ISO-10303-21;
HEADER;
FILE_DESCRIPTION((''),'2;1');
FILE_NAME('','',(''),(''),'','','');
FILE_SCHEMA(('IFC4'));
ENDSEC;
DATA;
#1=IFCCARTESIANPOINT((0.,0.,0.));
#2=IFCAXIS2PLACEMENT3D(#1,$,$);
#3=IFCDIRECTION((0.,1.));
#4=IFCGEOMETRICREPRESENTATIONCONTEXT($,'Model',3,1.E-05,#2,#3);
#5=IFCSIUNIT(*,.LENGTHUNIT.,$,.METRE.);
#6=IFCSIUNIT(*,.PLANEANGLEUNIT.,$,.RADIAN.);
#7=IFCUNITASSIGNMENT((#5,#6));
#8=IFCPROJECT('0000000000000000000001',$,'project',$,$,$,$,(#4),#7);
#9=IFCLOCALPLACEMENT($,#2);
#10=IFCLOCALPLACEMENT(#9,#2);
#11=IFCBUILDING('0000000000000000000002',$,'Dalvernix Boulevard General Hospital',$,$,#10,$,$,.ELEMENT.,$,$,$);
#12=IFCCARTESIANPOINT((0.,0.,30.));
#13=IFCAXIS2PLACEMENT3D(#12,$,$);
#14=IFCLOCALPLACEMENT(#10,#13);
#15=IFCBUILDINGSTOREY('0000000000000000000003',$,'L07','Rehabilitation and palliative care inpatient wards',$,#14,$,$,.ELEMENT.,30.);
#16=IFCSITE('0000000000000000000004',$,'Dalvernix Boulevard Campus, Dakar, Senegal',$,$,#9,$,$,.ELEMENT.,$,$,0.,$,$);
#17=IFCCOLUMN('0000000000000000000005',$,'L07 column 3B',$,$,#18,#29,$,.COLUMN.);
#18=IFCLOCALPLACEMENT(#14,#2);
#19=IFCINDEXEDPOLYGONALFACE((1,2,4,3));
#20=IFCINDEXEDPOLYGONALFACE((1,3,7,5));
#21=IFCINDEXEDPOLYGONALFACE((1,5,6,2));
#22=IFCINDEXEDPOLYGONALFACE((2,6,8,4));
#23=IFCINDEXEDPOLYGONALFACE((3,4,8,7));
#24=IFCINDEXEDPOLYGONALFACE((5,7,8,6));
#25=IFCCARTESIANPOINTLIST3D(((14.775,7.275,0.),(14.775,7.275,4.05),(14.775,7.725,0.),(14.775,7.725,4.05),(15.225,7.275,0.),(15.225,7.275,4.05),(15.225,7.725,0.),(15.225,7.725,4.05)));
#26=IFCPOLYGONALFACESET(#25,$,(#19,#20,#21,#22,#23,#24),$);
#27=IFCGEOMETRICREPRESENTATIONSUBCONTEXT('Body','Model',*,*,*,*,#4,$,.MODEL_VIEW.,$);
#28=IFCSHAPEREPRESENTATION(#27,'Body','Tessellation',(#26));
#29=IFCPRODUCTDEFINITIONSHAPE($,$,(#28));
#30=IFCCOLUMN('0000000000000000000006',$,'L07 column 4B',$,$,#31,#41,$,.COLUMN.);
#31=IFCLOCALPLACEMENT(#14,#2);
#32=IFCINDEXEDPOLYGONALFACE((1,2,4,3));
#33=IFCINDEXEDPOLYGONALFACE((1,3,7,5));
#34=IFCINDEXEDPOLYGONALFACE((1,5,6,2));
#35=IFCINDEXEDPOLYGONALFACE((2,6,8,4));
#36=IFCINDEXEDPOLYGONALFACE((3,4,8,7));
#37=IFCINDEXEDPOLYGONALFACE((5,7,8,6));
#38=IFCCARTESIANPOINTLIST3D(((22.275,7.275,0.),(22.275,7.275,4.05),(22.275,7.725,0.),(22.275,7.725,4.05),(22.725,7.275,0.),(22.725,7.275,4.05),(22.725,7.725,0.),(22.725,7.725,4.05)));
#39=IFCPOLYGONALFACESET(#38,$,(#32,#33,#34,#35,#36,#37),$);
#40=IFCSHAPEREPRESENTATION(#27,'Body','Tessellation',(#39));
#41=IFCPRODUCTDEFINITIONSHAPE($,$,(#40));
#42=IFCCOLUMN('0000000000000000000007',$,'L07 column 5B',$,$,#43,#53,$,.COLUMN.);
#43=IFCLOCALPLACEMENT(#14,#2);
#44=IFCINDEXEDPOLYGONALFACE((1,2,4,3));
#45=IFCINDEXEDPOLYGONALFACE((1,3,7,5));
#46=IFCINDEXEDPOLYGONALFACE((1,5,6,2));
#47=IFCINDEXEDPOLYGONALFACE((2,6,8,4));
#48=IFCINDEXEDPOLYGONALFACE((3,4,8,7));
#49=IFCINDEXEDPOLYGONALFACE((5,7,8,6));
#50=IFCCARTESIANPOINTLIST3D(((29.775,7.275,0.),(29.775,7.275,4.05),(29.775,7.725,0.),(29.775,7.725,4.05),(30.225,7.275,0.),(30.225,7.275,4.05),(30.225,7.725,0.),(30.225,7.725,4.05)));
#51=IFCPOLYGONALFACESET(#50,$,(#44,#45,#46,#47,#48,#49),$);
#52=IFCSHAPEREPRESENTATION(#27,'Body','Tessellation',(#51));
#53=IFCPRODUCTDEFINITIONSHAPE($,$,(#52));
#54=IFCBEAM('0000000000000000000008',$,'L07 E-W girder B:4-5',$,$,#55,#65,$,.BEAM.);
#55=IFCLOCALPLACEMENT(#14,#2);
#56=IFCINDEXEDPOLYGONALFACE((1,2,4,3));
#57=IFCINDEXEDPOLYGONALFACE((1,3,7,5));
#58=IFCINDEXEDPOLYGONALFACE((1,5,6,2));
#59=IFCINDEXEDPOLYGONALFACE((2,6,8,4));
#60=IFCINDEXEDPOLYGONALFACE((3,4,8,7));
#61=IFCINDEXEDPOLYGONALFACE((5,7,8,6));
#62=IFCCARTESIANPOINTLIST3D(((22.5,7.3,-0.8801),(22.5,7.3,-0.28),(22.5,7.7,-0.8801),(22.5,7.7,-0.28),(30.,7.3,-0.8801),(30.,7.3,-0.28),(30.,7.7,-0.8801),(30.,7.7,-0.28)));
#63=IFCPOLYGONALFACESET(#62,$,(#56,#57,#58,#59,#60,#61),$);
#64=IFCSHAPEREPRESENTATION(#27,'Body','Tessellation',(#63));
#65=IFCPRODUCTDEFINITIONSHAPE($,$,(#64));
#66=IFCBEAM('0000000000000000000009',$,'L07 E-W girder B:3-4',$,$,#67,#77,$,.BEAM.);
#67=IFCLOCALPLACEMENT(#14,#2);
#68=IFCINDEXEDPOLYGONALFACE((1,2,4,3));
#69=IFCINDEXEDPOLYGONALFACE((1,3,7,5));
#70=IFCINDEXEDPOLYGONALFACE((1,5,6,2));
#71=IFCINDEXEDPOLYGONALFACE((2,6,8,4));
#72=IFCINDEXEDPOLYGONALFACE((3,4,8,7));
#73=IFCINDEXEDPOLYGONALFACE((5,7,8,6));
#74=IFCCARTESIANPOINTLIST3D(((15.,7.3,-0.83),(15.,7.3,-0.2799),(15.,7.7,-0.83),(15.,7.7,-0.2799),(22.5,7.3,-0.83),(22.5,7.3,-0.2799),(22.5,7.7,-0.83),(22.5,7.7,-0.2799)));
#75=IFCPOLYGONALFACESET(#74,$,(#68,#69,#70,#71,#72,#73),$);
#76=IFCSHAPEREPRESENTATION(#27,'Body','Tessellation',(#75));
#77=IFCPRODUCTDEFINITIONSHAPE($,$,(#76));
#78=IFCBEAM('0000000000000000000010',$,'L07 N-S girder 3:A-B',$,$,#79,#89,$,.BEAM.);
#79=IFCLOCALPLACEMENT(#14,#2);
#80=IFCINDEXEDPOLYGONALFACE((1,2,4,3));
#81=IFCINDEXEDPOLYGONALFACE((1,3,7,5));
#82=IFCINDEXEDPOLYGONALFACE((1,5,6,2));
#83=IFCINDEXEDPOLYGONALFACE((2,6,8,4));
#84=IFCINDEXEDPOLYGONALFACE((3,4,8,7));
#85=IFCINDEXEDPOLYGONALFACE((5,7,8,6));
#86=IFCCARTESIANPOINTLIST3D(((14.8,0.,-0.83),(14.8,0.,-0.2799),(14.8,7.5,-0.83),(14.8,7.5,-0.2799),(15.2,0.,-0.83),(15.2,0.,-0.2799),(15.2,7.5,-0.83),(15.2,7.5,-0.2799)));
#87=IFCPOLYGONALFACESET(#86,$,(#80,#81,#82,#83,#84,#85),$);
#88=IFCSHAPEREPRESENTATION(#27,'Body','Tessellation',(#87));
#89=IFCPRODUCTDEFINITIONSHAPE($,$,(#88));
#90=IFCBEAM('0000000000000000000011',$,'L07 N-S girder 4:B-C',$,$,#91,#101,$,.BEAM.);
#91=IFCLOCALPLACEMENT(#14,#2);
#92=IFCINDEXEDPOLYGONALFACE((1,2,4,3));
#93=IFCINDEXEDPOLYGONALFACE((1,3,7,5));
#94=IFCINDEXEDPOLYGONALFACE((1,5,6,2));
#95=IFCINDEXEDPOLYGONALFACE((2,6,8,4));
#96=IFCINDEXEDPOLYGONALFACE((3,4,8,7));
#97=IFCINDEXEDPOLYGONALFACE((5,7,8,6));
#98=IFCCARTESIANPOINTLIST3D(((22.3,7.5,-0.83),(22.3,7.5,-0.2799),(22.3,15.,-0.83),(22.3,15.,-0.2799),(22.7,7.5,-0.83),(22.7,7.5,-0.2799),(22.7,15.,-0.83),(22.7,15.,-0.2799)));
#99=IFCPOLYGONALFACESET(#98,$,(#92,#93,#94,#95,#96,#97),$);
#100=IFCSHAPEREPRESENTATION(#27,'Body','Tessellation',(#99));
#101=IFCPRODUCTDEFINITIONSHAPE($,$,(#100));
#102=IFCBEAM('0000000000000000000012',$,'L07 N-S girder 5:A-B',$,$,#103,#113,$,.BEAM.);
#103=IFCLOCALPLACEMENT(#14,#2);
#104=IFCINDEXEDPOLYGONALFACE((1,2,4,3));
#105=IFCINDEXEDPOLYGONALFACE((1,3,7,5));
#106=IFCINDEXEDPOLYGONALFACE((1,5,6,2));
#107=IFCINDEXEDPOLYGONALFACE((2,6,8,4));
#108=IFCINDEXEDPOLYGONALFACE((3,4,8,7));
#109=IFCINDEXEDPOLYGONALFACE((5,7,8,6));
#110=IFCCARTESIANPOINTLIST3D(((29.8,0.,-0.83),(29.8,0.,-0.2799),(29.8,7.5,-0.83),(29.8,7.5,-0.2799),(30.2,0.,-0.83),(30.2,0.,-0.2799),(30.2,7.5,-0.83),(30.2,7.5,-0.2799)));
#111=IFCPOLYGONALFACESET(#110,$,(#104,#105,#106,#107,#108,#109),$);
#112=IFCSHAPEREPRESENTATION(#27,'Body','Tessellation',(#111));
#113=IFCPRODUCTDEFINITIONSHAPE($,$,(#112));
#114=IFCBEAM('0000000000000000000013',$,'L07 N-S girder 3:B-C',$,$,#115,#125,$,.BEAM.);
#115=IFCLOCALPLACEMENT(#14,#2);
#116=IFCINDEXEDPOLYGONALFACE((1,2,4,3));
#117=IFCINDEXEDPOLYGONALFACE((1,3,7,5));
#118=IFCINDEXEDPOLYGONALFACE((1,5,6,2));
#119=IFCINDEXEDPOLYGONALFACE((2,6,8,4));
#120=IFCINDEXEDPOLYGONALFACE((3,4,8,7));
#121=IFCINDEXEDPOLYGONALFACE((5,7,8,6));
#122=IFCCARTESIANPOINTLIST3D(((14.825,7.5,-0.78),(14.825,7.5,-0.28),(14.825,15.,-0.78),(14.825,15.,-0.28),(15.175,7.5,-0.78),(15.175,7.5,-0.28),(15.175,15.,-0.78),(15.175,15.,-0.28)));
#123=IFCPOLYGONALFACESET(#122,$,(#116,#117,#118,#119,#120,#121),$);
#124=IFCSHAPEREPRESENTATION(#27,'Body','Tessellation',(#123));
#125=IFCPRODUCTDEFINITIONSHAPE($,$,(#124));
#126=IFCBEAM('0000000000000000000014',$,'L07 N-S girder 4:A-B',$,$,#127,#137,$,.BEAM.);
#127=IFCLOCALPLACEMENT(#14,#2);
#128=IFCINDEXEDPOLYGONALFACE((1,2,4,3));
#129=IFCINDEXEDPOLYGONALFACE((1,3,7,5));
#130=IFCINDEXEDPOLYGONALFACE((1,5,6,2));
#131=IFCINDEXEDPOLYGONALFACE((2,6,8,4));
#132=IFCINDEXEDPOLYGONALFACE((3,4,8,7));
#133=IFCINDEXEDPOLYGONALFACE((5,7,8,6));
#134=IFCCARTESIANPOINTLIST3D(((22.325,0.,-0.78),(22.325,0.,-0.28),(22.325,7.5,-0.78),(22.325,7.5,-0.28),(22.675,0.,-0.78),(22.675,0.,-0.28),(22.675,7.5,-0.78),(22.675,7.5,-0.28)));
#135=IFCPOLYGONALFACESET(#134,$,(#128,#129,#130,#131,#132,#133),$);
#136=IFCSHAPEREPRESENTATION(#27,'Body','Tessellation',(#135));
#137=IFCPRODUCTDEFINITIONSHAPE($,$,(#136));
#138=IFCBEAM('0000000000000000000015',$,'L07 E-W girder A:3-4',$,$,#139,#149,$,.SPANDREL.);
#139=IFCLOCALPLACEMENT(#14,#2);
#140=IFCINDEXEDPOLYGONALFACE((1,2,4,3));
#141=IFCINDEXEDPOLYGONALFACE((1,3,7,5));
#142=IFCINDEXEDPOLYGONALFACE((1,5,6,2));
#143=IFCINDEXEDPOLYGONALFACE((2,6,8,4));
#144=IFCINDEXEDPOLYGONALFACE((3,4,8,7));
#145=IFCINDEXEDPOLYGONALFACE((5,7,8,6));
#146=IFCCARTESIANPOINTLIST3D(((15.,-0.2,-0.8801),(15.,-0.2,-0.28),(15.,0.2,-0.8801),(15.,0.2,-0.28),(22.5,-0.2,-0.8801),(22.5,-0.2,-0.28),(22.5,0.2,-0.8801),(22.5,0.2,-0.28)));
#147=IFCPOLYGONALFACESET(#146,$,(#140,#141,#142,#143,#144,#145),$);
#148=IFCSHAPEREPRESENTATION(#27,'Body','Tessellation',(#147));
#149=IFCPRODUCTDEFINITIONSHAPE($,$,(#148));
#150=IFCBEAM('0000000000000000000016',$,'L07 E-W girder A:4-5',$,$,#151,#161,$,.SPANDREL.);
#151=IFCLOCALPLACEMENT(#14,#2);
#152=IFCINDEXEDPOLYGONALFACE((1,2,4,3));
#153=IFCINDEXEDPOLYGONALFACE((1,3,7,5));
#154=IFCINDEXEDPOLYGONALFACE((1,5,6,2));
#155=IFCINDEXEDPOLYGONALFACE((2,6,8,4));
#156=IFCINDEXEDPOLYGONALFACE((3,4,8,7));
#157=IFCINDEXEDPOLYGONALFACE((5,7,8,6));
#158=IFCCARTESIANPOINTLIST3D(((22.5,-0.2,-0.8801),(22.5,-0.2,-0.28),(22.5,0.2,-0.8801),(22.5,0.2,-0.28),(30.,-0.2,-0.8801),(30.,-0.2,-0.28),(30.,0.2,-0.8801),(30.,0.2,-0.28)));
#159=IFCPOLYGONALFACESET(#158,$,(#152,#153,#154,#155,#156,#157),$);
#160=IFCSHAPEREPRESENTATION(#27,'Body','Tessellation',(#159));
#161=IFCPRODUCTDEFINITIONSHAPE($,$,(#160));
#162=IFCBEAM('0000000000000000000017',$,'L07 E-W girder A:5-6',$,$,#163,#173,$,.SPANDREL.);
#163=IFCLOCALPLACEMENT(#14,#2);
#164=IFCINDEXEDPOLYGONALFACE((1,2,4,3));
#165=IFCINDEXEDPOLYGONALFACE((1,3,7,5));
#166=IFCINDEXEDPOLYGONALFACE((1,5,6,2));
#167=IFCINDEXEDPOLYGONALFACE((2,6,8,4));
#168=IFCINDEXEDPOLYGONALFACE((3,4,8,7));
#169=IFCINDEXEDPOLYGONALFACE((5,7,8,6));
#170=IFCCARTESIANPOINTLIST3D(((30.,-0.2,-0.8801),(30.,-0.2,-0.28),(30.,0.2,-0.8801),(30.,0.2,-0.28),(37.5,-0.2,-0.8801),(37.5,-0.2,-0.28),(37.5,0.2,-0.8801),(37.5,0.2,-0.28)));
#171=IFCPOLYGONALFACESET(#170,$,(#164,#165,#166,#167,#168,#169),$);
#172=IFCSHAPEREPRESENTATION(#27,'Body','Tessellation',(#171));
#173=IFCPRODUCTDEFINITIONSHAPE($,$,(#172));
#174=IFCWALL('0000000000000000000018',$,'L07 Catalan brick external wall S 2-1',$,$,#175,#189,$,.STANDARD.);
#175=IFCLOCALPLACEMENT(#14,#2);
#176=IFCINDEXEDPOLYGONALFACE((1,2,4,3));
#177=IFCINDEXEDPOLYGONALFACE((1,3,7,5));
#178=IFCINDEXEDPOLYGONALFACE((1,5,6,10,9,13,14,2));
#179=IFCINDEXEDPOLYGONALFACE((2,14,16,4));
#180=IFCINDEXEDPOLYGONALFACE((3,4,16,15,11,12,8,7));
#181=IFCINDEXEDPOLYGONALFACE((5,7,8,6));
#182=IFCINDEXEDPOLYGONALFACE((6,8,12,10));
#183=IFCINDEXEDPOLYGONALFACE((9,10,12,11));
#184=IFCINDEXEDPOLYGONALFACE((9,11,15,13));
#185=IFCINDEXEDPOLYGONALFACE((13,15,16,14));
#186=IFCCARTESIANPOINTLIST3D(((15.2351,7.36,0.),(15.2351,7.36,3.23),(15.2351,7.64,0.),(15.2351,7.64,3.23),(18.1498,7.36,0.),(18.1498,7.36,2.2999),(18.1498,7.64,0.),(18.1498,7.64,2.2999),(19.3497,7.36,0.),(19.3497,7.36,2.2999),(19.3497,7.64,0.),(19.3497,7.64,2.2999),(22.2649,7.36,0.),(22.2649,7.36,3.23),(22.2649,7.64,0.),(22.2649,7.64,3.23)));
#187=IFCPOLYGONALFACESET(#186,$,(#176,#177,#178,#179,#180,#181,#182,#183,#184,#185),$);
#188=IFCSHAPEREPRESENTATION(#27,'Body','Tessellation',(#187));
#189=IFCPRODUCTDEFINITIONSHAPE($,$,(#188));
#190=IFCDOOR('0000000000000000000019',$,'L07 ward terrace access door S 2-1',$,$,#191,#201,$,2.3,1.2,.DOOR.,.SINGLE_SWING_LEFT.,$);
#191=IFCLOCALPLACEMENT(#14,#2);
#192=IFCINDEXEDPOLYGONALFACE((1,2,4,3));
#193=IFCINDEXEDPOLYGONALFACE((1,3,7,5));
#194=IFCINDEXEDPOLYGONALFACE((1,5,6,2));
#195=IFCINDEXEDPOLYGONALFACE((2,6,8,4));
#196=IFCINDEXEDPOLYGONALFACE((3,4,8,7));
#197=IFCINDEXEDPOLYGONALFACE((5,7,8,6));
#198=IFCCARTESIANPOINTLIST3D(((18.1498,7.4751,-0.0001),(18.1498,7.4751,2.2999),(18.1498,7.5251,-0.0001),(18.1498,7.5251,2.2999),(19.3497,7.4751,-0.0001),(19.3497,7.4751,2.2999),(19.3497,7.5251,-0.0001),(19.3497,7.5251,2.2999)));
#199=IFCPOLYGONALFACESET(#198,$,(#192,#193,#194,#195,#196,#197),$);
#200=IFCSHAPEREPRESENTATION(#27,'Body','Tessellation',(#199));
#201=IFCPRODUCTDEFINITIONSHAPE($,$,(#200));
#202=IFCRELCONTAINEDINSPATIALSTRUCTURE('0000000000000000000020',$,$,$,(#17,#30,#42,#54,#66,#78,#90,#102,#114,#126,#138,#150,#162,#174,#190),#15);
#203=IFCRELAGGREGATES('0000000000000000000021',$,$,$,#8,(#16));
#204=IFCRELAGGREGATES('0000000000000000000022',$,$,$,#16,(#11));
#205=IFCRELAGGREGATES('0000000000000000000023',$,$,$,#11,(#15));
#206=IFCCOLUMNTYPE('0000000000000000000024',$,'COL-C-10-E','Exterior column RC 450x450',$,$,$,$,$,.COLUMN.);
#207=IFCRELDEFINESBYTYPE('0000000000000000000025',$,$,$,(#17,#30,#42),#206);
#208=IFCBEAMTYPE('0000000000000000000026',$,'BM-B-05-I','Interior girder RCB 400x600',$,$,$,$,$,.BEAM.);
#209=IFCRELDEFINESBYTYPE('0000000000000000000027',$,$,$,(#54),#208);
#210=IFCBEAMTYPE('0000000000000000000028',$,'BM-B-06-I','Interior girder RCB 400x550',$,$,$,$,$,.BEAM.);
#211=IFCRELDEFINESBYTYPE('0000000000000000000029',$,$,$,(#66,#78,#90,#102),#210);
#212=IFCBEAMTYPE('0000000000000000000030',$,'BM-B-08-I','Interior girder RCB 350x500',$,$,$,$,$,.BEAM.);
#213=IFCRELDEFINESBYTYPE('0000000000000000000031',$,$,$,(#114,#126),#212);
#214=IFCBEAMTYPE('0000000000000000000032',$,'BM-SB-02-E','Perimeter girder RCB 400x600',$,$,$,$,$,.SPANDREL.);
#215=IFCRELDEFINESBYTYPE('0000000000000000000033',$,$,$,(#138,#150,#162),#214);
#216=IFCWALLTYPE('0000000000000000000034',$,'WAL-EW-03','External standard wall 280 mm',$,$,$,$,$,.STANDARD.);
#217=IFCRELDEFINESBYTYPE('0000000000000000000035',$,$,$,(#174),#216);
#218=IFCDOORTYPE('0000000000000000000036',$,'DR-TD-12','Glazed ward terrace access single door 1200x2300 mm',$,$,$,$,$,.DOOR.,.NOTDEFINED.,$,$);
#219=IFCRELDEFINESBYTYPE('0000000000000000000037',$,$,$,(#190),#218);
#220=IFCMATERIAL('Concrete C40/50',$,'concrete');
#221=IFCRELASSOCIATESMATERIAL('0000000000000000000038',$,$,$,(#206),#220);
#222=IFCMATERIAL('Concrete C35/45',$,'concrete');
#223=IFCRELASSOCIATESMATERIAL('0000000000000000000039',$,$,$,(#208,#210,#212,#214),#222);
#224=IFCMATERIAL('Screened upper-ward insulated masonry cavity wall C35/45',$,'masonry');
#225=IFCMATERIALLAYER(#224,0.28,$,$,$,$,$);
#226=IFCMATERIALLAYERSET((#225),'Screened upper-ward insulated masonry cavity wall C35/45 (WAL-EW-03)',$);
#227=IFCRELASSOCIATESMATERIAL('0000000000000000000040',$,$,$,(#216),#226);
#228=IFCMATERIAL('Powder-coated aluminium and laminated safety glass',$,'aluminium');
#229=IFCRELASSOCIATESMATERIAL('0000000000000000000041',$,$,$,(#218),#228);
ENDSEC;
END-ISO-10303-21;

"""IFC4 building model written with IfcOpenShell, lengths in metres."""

from ifc_helpers import new_model, si_unit, direction, frame, frame_2d, origin, origin_2d, place, context, subcontext, project, spatial, rectangle, extrude, material, layer, layer_set, material_profile, profile_set, type_object, element, fill, save


model = new_model("IFC4")

# Units and contexts
model_context = context("Model", 3, precision=1e-05, world=origin(), true_north=direction((0.0, 1.0)))
body_context = subcontext(model_context, "Body", "Model", "MODEL_VIEW")
ifc_project = project(units=[si_unit("LENGTHUNIT", "METRE"), si_unit("PLANEANGLEUNIT", "RADIAN")], contexts=[model_context])

# Site, building, storey
site_placement = place(None, origin())
site = spatial("IfcSite", under=ifc_project, at=site_placement, Name="Dalvernix Boulevard Campus, Dakar, Senegal", CompositionType="ELEMENT", RefElevation=0.0)
building_placement = place(site_placement, origin())
building = spatial("IfcBuilding", under=site, at=building_placement, Name="Dalvernix Boulevard General Hospital", CompositionType="ELEMENT")
storey_placement = place(building_placement, frame((0.0, 0.0, 30.0)))
storey = spatial("IfcBuildingStorey", under=building, at=storey_placement, Name="L07", Description="Rehabilitation and palliative care inpatient wards", CompositionType="ELEMENT", Elevation=30.0)

# Columns
ifc_material_1 = material(Name="Concrete C40/50", Category="concrete")
ifc_material_profile_1 = material_profile(ifc_material_1, rectangle(XDim=0.45, YDim=0.45, at=origin_2d()), Name="RC 450x450")
ifc_profile_set_1 = profile_set([ifc_material_profile_1], Name="Concrete C40/50")
column_type = type_object("IfcColumnType", Name="COL-C-10-E", Description="Exterior column RC 450x450", PredefinedType="COLUMN", material=ifc_profile_set_1)
for number, where, z_axis, x_axis, name in (
    (1, (15.0, 7.5, 0.0), (0.0, 0.0, 1.0), (1.0, 0.0, 0.0), "L07 column 3B"),
    (2, (22.5, 7.5, 0.0), (0.0, 0.0, 1.0), (1.0, 0.0, 0.0), "L07 column 4B"),
    (3, (30.0, 7.5, 0.0), (0.0, 0.0, 1.0), (1.0, 0.0, 0.0), "L07 column 5B"),
):
    element("IfcColumn", number, at=place(storey_placement, frame(where, z_axis=z_axis, x_axis=x_axis)), inside=storey, type_object=column_type, Name=name, PredefinedType="COLUMN", context=body_context, shape_type="SweptSolid", body=[
        extrude(rectangle(XDim=0.45, YDim=0.45, at=origin_2d()), origin(), (0.0, 0.0, 1.0), 4.05),
    ])

# Beams
ifc_material_2 = material(Name="Concrete C35/45", Category="concrete")
ifc_material_profile_2 = material_profile(ifc_material_2, rectangle(XDim=0.3999, YDim=0.6001, at=origin_2d()), Name="RCB 400x600")
ifc_profile_set_2 = profile_set([ifc_material_profile_2], Name="Concrete C35/45")
beam_type_1 = type_object("IfcBeamType", Name="BM-B-05-I", Description="Interior girder RCB 400x600", PredefinedType="BEAM", material=ifc_profile_set_2)
beam_placement = place(storey_placement, frame((22.5, 7.5, -0.5801), z_axis=(1.0, 0.0, 0.0), x_axis=(0.0, 1.0, 0.0)))
element("IfcBeam", 4, at=beam_placement, inside=storey, type_object=beam_type_1, Name="L07 E-W girder B:4-5", PredefinedType="BEAM", context=body_context, shape_type="SweptSolid", body=[
    extrude(rectangle(XDim=0.3999, YDim=0.6001, at=origin_2d()), origin(), (0.0, 0.0, 1.0), 7.5),
])
ifc_material_profile_3 = material_profile(ifc_material_2, rectangle(XDim=0.3999, YDim=0.55, at=origin_2d()), Name="RCB 400x550")
ifc_profile_set_3 = profile_set([ifc_material_profile_3], Name="Concrete C35/45")
beam_type_2 = type_object("IfcBeamType", Name="BM-B-06-I", Description="Interior girder RCB 400x550", PredefinedType="BEAM", material=ifc_profile_set_3)
for number, where, z_axis, x_axis, name in (
    (5, (15.0, 7.5, -0.5549), (1.0, 0.0, 0.0), (0.0, 1.0, 0.0), "L07 E-W girder B:3-4"),
    (6, (15.0, 0.0, -0.5549), (0.0, 1.0, 0.0), (-1.0, 0.0, 0.0), "L07 N-S girder 3:A-B"),
    (7, (22.5, 7.5, -0.5549), (0.0, 1.0, 0.0), (-1.0, 0.0, 0.0), "L07 N-S girder 4:B-C"),
    (8, (30.0, 0.0, -0.5549), (0.0, 1.0, 0.0), (-1.0, 0.0, 0.0), "L07 N-S girder 5:A-B"),
):
    element("IfcBeam", number, at=place(storey_placement, frame(where, z_axis=z_axis, x_axis=x_axis)), inside=storey, type_object=beam_type_2, Name=name, PredefinedType="BEAM", context=body_context, shape_type="SweptSolid", body=[
        extrude(rectangle(XDim=0.3999, YDim=0.55, at=origin_2d()), origin(), (0.0, 0.0, 1.0), 7.5),
    ])
ifc_material_profile_4 = material_profile(ifc_material_2, rectangle(XDim=0.3501, YDim=0.5, at=origin_2d()), Name="RCB 350x500")
ifc_profile_set_4 = profile_set([ifc_material_profile_4], Name="Concrete C35/45")
beam_type_3 = type_object("IfcBeamType", Name="BM-B-08-I", Description="Interior girder RCB 350x500", PredefinedType="BEAM", material=ifc_profile_set_4)
for number, where, z_axis, x_axis, name in (
    (9, (15.0, 7.5, -0.53), (0.0, 1.0, 0.0), (-1.0, 0.0, 0.0), "L07 N-S girder 3:B-C"),
    (10, (22.5, 0.0, -0.53), (0.0, 1.0, 0.0), (-1.0, 0.0, 0.0), "L07 N-S girder 4:A-B"),
):
    element("IfcBeam", number, at=place(storey_placement, frame(where, z_axis=z_axis, x_axis=x_axis)), inside=storey, type_object=beam_type_3, Name=name, PredefinedType="BEAM", context=body_context, shape_type="SweptSolid", body=[
        extrude(rectangle(XDim=0.3501, YDim=0.5, at=origin_2d()), origin(), (0.0, 0.0, 1.0), 7.5),
    ])
ifc_material_profile_5 = material_profile(ifc_material_2, rectangle(XDim=0.3999, YDim=0.6001, at=origin_2d()), Name="RCB 400x600")
ifc_profile_set_5 = profile_set([ifc_material_profile_5], Name="Concrete C35/45")
beam_type_4 = type_object("IfcBeamType", Name="BM-SB-02-E", Description="Perimeter girder RCB 400x600", PredefinedType="SPANDREL", material=ifc_profile_set_5)
for number, where, z_axis, x_axis, name in (
    (11, (15.0, 0.0, -0.5801), (1.0, 0.0, 0.0), (0.0, 1.0, 0.0), "L07 E-W girder A:3-4"),
    (12, (22.5, 0.0, -0.5801), (1.0, 0.0, 0.0), (0.0, 1.0, 0.0), "L07 E-W girder A:4-5"),
    (13, (30.0, 0.0, -0.5801), (1.0, 0.0, 0.0), (0.0, 1.0, 0.0), "L07 E-W girder A:5-6"),
):
    element("IfcBeam", number, at=place(storey_placement, frame(where, z_axis=z_axis, x_axis=x_axis)), inside=storey, type_object=beam_type_4, Name=name, PredefinedType="SPANDREL", context=body_context, shape_type="SweptSolid", body=[
        extrude(rectangle(XDim=0.3999, YDim=0.6001, at=origin_2d()), origin(), (0.0, 0.0, 1.0), 7.5),
    ])

# Wall, opening, door
ifc_material_3 = material(Name="Screened upper-ward insulated masonry cavity wall C35/45", Category="masonry")
ifc_layer_1 = layer(ifc_material_3, 0.28)
ifc_layer_set_1 = layer_set([ifc_layer_1], Name="Screened upper-ward insulated masonry cavity wall C35/45 (WAL-EW-03)")
wall_type = type_object("IfcWallType", Name="WAL-EW-03", Description="External standard wall 280 mm", PredefinedType="STANDARD", material=ifc_layer_set_1)
wall_1_placement = place(storey_placement, frame((22.2649, 7.5, 0.0), z_axis=(0.0, 0.0, 1.0), x_axis=(-1.0, 0.0, 0.0)))
wall_1 = element("IfcWall", 14, at=wall_1_placement, inside=storey, type_object=wall_type, Name="L07 Catalan brick external wall S 2-1", PredefinedType="STANDARD", context=body_context, shape_type="SweptSolid", body=[
    extrude(rectangle(XDim=7.0298, YDim=0.28, at=frame_2d((3.5149, 0.0))), origin(), (0.0, 0.0, 1.0), 3.23),
])
opening_1_placement = place(wall_1_placement, frame((2.915, 0.0, 0.0)))
opening_1 = element("IfcOpeningElement", 15, at=opening_1_placement, cuts=wall_1, PredefinedType="OPENING", context=body_context, shape_type="SweptSolid", body=[
    extrude(rectangle(XDim=1.2, YDim=2.3, at=frame_2d((0.6001, 1.1499))), frame((0.0, 0.1499, 0.0), z_axis=(0.0, -1.0, 0.0), x_axis=(1.0, 0.0, 0.0)), (0.0, 0.0, 1.0), 0.3),
])
ifc_material_4 = material(Name="Powder-coated aluminium and laminated safety glass", Category="aluminium")
door_type_1 = type_object("IfcDoorType", Name="DR-TD-12", Description="Glazed ward terrace access single door 1200x2300 mm", OperationType="NOTDEFINED", PredefinedType="DOOR", material=ifc_material_4)
door_1_placement = place(opening_1_placement, origin())
door_1 = element("IfcDoor", 16, at=door_1_placement, inside=storey, type_object=door_type_1, Name="L07 ward terrace access door S 2-1", OperationType="SINGLE_SWING_LEFT", OverallHeight=2.3, OverallWidth=1.2, PredefinedType="DOOR", context=body_context, shape_type="SweptSolid", body=[
    extrude(rectangle(XDim=1.2, YDim=2.3, at=frame_2d((0.6001, 1.1499))), frame((0.0, 0.0249, 0.0), z_axis=(0.0, -1.0, 0.0), x_axis=(1.0, 0.0, 0.0)), (0.0, 0.0, 1.0), 0.05),
])
fill(opening_1, door_1)

save(model, "model.ifc")
